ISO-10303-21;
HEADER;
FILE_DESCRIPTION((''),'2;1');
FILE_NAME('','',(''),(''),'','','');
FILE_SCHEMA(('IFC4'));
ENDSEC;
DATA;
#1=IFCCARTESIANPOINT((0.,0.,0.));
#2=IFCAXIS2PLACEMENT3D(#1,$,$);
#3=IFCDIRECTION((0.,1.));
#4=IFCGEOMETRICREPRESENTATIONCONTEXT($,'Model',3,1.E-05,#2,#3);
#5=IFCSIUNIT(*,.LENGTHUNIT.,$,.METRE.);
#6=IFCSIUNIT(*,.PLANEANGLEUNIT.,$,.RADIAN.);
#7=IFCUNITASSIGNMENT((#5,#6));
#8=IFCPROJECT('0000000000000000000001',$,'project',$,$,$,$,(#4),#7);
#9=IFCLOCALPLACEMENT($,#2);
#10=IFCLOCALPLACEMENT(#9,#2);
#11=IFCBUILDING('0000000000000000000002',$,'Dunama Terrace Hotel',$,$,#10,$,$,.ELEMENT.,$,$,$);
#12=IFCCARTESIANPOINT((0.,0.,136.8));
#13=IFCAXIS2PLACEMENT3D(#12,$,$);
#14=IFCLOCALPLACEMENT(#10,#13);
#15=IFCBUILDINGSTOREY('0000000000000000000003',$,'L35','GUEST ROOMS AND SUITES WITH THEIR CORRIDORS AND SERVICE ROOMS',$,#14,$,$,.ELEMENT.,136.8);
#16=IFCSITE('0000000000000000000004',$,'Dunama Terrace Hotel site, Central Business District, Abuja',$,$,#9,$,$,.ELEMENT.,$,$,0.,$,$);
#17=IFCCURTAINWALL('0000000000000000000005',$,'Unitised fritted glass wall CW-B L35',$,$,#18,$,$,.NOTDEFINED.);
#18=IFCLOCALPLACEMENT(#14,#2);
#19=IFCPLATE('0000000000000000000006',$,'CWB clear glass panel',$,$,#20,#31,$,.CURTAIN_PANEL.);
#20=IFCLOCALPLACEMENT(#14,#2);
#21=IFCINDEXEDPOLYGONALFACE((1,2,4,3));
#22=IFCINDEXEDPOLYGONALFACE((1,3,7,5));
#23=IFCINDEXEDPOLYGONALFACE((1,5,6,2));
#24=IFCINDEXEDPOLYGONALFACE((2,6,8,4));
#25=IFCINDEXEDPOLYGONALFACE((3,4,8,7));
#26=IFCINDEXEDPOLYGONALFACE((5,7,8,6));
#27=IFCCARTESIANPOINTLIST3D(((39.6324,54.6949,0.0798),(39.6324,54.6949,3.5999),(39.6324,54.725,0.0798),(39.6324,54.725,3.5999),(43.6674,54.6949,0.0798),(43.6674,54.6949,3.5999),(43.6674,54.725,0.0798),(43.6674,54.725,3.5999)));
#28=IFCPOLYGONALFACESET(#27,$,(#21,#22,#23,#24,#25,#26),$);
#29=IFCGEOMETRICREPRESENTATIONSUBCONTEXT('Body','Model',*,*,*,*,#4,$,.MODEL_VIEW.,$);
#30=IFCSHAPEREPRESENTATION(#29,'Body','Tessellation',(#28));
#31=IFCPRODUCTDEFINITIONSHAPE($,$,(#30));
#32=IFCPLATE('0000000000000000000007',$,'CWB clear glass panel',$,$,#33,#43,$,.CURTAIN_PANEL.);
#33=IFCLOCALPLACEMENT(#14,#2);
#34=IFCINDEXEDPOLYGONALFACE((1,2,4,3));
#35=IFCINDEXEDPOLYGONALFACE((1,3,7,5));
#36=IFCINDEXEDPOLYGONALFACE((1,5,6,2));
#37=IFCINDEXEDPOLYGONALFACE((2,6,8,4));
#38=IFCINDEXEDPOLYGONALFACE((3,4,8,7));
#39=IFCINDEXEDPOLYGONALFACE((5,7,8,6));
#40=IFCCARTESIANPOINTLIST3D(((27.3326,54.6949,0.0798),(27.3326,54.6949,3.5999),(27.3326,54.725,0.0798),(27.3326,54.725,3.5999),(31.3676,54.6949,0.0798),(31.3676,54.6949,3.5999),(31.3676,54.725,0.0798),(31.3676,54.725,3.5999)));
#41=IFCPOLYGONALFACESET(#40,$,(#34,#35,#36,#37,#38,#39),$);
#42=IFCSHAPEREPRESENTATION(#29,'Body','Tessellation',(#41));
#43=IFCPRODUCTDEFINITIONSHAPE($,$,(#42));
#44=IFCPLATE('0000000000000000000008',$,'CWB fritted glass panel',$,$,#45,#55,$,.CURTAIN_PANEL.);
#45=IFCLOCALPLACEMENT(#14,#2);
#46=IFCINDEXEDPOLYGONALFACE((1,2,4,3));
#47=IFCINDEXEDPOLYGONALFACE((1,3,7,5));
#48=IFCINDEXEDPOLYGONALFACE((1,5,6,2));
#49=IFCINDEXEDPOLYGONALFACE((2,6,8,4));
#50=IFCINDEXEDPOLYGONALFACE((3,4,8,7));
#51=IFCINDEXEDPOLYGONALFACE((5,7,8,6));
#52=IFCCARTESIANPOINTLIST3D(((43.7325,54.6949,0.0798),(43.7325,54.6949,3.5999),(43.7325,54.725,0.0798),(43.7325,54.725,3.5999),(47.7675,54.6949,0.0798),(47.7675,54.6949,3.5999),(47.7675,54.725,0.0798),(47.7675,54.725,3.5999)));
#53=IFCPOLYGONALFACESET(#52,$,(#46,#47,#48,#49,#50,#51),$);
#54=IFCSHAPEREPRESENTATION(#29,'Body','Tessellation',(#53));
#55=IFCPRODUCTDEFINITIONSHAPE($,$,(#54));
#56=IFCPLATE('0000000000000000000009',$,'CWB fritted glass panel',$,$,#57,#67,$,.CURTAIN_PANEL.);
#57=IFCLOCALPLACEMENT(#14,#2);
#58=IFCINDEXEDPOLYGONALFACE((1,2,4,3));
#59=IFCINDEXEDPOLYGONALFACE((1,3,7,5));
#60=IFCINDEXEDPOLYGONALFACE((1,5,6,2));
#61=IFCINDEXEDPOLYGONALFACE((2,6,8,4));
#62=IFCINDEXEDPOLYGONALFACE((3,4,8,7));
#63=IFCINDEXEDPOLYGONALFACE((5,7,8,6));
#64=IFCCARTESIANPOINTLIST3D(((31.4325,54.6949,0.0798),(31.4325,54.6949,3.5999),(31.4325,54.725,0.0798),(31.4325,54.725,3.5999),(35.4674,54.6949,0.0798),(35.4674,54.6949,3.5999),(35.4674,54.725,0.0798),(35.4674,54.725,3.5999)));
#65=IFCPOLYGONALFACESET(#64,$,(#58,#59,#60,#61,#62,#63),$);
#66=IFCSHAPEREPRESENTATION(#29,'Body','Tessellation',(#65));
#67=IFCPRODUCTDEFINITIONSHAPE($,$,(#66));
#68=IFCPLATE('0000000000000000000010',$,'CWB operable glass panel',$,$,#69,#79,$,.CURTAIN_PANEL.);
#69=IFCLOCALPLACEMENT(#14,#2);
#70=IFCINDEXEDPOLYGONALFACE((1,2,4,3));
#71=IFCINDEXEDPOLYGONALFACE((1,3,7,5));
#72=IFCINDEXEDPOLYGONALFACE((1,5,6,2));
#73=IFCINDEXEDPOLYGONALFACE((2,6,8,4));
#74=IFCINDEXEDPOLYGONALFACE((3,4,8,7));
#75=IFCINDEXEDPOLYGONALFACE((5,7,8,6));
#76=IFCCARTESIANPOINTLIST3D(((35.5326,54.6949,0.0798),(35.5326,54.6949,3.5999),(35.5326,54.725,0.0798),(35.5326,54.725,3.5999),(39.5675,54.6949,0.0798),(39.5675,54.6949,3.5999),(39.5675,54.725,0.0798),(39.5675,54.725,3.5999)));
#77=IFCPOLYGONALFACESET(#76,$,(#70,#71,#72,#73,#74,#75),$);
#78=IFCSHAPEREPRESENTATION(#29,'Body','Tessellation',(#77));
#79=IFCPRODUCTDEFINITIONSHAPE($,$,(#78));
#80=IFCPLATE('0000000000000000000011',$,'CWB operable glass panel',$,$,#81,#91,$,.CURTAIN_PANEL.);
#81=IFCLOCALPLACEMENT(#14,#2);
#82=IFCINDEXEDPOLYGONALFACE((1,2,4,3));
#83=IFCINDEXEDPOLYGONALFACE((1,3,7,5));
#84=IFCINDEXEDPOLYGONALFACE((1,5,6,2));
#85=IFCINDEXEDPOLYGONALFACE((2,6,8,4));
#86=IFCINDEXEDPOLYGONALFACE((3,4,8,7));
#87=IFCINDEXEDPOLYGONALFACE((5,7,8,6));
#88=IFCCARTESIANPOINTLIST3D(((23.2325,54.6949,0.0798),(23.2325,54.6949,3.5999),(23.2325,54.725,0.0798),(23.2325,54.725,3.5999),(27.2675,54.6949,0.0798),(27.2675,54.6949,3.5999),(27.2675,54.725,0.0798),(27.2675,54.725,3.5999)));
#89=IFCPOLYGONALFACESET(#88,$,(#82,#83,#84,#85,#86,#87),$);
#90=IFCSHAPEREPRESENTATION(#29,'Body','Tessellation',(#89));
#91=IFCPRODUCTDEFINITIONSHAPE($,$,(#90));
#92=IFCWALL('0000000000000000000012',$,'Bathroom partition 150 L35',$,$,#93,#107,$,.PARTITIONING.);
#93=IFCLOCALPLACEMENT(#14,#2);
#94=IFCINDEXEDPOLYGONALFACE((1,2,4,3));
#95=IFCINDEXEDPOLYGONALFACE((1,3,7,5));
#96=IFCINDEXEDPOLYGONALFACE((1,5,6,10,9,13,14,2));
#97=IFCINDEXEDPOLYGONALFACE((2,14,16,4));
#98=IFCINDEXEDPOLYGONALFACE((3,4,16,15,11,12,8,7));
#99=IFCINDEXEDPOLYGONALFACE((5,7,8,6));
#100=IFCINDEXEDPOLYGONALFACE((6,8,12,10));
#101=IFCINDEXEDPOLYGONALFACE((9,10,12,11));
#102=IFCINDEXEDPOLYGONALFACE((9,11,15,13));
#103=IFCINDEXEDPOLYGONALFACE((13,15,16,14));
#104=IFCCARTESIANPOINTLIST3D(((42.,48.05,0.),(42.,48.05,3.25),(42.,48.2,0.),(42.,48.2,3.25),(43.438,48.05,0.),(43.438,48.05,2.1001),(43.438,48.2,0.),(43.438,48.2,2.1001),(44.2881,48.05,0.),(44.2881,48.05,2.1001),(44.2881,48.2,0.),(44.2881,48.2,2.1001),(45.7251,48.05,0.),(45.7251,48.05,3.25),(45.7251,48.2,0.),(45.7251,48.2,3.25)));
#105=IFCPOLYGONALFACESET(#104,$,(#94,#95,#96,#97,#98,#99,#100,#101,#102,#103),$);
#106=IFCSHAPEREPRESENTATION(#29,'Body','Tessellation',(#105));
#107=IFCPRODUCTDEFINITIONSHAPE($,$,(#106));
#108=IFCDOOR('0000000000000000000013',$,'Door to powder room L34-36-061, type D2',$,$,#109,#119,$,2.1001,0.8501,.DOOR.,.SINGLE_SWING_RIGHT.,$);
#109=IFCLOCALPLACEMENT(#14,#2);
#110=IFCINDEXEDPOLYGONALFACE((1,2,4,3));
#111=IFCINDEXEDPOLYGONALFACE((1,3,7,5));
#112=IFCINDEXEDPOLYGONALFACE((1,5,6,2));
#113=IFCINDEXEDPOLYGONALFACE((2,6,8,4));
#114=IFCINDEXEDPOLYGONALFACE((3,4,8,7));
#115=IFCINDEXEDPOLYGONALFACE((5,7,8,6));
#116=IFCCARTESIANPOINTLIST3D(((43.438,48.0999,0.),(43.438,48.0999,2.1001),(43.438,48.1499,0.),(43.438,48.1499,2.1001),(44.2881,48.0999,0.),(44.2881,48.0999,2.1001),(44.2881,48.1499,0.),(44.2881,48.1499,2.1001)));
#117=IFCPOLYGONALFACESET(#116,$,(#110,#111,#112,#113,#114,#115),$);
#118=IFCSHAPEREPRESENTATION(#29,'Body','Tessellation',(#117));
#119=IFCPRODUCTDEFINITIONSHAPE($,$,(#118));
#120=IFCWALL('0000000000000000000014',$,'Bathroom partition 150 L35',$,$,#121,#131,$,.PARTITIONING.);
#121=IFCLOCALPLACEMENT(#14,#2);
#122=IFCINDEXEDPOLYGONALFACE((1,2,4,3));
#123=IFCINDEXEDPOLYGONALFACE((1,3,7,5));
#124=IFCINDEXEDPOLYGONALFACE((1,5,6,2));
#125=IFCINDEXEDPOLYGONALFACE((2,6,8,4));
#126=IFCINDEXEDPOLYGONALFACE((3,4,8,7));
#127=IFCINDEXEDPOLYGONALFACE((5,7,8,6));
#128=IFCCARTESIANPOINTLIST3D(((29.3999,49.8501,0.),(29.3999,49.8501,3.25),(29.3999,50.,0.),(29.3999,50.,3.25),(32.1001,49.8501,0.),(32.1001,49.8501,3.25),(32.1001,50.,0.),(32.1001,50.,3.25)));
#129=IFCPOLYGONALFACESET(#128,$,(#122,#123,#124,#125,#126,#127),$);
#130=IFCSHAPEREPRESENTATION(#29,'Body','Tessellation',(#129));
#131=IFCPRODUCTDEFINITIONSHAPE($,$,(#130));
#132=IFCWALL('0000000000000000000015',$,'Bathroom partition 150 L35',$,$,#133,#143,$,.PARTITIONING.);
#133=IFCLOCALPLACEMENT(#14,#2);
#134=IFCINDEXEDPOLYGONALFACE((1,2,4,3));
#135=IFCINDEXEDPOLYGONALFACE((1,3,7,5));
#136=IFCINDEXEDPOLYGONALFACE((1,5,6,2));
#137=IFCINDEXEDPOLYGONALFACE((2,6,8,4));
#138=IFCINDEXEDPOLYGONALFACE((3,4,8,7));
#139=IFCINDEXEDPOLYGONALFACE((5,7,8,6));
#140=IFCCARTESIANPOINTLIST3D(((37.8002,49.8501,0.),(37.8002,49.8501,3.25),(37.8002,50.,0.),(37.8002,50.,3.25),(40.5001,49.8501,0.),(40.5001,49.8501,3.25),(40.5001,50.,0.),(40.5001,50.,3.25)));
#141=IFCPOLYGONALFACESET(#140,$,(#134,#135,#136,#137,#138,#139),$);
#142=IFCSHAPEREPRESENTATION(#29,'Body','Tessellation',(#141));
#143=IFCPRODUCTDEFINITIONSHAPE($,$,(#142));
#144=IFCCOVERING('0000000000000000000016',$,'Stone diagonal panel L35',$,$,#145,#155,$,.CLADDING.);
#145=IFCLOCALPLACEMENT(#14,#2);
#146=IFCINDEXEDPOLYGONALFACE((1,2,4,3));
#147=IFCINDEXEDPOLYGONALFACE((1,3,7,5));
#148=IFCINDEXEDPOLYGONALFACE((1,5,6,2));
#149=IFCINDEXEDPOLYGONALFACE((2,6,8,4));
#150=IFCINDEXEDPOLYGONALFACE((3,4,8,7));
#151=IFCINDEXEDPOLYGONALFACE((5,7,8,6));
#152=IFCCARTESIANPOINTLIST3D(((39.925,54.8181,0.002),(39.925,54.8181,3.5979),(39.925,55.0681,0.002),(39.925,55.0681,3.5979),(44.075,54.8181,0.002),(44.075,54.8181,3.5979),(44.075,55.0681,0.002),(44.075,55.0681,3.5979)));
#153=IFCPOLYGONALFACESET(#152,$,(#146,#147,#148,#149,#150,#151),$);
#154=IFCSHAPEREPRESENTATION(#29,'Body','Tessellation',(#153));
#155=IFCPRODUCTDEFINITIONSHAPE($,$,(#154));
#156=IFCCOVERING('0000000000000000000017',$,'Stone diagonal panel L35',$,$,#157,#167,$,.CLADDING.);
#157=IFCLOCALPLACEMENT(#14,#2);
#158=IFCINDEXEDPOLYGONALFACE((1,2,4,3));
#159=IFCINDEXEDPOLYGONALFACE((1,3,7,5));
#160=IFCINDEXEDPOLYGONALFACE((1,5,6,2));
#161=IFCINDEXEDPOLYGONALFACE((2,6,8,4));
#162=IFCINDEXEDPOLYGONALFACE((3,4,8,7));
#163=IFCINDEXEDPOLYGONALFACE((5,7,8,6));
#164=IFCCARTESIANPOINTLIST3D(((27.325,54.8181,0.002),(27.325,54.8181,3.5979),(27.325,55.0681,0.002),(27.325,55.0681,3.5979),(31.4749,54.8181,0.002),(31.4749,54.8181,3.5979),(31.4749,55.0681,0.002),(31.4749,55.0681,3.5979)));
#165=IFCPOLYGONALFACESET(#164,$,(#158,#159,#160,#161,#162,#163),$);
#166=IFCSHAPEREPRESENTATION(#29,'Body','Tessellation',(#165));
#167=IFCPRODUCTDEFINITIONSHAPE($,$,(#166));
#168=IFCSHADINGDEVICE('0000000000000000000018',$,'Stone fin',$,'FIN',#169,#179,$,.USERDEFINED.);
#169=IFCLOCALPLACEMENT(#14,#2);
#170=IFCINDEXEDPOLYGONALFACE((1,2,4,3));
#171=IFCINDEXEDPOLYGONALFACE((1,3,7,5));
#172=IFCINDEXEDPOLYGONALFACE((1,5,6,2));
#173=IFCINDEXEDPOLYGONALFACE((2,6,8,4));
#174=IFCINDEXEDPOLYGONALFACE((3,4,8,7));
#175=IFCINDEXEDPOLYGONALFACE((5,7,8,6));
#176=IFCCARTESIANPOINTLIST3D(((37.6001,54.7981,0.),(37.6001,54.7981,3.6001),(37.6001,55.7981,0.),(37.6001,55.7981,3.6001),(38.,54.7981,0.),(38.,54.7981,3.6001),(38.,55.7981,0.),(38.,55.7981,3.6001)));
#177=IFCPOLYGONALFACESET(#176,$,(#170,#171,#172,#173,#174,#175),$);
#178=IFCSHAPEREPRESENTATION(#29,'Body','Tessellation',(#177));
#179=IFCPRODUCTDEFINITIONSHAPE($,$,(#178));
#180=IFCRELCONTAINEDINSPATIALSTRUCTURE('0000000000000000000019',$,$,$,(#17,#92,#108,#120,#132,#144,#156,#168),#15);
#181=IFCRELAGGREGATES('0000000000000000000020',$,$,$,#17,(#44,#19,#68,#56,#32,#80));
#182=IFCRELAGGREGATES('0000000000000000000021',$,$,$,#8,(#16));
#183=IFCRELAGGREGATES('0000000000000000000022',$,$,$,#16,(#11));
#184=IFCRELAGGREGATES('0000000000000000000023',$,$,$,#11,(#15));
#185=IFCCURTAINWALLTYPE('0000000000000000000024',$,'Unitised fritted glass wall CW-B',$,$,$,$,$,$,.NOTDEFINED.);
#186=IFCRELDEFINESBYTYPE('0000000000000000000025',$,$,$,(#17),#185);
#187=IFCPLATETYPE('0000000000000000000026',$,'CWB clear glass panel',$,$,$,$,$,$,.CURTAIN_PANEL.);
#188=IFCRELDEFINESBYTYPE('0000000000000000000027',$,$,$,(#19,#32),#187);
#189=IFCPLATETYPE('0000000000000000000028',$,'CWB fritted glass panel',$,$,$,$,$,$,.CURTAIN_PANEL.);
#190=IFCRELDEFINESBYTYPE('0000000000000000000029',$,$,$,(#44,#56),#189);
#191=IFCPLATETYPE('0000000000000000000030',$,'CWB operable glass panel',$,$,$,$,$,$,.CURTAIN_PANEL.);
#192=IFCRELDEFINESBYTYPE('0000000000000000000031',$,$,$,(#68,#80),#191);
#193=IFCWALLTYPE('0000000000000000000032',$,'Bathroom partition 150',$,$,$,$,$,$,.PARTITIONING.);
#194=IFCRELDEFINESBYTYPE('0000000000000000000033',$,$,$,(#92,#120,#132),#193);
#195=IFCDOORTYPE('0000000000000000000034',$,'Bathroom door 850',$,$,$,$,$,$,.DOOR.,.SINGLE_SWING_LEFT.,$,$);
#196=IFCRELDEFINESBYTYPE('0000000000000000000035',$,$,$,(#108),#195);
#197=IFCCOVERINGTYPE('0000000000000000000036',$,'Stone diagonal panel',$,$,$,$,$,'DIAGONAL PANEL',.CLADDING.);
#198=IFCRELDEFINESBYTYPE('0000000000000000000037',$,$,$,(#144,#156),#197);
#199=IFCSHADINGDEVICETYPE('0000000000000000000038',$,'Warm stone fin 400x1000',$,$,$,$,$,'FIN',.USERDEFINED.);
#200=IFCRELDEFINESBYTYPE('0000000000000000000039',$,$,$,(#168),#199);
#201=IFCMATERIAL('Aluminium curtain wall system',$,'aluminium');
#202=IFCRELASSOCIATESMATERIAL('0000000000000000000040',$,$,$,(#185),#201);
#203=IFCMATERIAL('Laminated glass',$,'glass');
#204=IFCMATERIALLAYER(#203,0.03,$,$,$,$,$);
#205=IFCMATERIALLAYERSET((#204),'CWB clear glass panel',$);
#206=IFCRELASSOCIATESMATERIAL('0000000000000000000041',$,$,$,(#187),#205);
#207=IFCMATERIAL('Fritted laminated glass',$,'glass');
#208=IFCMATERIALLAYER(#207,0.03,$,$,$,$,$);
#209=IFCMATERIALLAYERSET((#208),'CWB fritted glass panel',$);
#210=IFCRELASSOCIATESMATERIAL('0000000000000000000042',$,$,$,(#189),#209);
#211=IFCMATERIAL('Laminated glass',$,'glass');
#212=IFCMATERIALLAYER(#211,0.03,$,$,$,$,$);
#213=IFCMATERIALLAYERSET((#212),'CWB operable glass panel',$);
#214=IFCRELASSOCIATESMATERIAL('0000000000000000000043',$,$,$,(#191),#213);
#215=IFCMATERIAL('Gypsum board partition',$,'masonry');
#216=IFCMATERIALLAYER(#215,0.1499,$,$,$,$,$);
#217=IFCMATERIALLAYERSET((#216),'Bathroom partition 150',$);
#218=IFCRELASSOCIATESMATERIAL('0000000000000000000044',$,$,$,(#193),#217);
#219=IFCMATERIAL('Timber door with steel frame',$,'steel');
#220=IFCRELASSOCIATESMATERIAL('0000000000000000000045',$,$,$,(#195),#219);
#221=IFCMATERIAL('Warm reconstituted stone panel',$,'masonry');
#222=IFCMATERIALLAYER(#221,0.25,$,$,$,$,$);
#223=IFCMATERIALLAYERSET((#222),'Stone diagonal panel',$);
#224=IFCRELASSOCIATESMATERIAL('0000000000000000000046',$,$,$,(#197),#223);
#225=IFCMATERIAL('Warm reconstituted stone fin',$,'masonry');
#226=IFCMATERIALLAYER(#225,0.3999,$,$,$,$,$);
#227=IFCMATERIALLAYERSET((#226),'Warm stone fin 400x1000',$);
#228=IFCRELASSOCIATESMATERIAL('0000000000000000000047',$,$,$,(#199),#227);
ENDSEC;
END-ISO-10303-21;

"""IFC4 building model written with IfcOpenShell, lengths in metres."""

from ifc_helpers import new_model, si_unit, direction, frame, frame_2d, origin, origin_2d, place, context, subcontext, project, spatial, rectangle, extrude, material, layer, layer_set, type_object, element, fill, aggregate, save


model = new_model("IFC4")

# Units and contexts
model_context = context("Model", 3, precision=1e-05, world=origin(), true_north=direction((0.0, 1.0)))
body_context = subcontext(model_context, "Body", "Model", "MODEL_VIEW")
ifc_project = project(units=[si_unit("LENGTHUNIT", "METRE"), si_unit("PLANEANGLEUNIT", "RADIAN")], contexts=[model_context])

# Site, building, storey
site_placement = place(None, origin())
site = spatial("IfcSite", under=ifc_project, at=site_placement, Name="Dunama Terrace Hotel site, Central Business District, Abuja", CompositionType="ELEMENT", RefElevation=0.0)
building_placement = place(site_placement, origin())
building = spatial("IfcBuilding", under=site, at=building_placement, Name="Dunama Terrace Hotel", CompositionType="ELEMENT")
storey_placement = place(building_placement, frame((0.0, 0.0, 136.8)))
storey = spatial("IfcBuildingStorey", under=building, at=storey_placement, Name="L35", Description="GUEST ROOMS AND SUITES WITH THEIR CORRIDORS AND SERVICE ROOMS", CompositionType="ELEMENT", Elevation=136.8)

# Curtain wall
ifc_material_1 = material(Name="Aluminium curtain wall system", Category="aluminium")
curtain_wall_type = type_object("IfcCurtainWallType", Name="Unitised fritted glass wall CW-B", PredefinedType="NOTDEFINED", material=ifc_material_1)
curtain_wall_placement = place(storey_placement, origin())
curtain_wall = element("IfcCurtainWall", 1, at=curtain_wall_placement, inside=storey, type_object=curtain_wall_type, Name="Unitised fritted glass wall CW-B L35", PredefinedType="NOTDEFINED")

# Plates
ifc_material_2 = material(Name="Laminated glass", Category="glass")
ifc_layer_1 = layer(ifc_material_2, 0.03)
ifc_layer_set_1 = layer_set([ifc_layer_1], Name="CWB clear glass panel")
plate_type_1 = type_object("IfcPlateType", Name="CWB clear glass panel", PredefinedType="CURTAIN_PANEL", material=ifc_layer_set_1)
plate_1_placement = place(storey_placement, frame((41.6499, 54.71, 0.0798), z_axis=(0.0, 0.0, 1.0), x_axis=(-1.0, 0.0, 0.0)))
plate_1 = element("IfcPlate", 2, at=plate_1_placement, type_object=plate_type_1, Name="CWB clear glass panel", PredefinedType="CURTAIN_PANEL", context=body_context, shape_type="SweptSolid", body=[
    extrude(rectangle(XDim=4.0349, YDim=0.03, at=origin_2d()), origin(), (0.0, 0.0, 1.0), 3.52),
])
plate_2_placement = place(storey_placement, frame((29.3501, 54.71, 0.0798), z_axis=(0.0, 0.0, 1.0), x_axis=(-1.0, 0.0, 0.0)))
plate_2 = element("IfcPlate", 3, at=plate_2_placement, type_object=plate_type_1, Name="CWB clear glass panel", PredefinedType="CURTAIN_PANEL", context=body_context, shape_type="SweptSolid", body=[
    extrude(rectangle(XDim=4.0349, YDim=0.03, at=origin_2d()), origin(), (0.0, 0.0, 1.0), 3.52),
])
ifc_material_3 = material(Name="Fritted laminated glass", Category="glass")
ifc_layer_2 = layer(ifc_material_3, 0.03)
ifc_layer_set_2 = layer_set([ifc_layer_2], Name="CWB fritted glass panel")
plate_type_2 = type_object("IfcPlateType", Name="CWB fritted glass panel", PredefinedType="CURTAIN_PANEL", material=ifc_layer_set_2)
plate_3_placement = place(storey_placement, frame((45.75, 54.71, 0.0798), z_axis=(0.0, 0.0, 1.0), x_axis=(-1.0, 0.0, 0.0)))
plate_3 = element("IfcPlate", 4, at=plate_3_placement, type_object=plate_type_2, Name="CWB fritted glass panel", PredefinedType="CURTAIN_PANEL", context=body_context, shape_type="SweptSolid", body=[
    extrude(rectangle(XDim=4.0349, YDim=0.03, at=origin_2d()), origin(), (0.0, 0.0, 1.0), 3.52),
])
plate_4_placement = place(storey_placement, frame((33.45, 54.71, 0.0798), z_axis=(0.0, 0.0, 1.0), x_axis=(-1.0, 0.0, 0.0)))
plate_4 = element("IfcPlate", 5, at=plate_4_placement, type_object=plate_type_2, Name="CWB fritted glass panel", PredefinedType="CURTAIN_PANEL", context=body_context, shape_type="SweptSolid", body=[
    extrude(rectangle(XDim=4.0349, YDim=0.03, at=origin_2d()), origin(), (0.0, 0.0, 1.0), 3.52),
])
ifc_material_4 = material(Name="Laminated glass", Category="glass")
ifc_layer_3 = layer(ifc_material_4, 0.03)
ifc_layer_set_3 = layer_set([ifc_layer_3], Name="CWB operable glass panel")
plate_type_3 = type_object("IfcPlateType", Name="CWB operable glass panel", PredefinedType="CURTAIN_PANEL", material=ifc_layer_set_3)
plate_5_placement = place(storey_placement, frame((37.55, 54.71, 0.0798), z_axis=(0.0, 0.0, 1.0), x_axis=(-1.0, 0.0, 0.0)))
plate_5 = element("IfcPlate", 6, at=plate_5_placement, type_object=plate_type_3, Name="CWB operable glass panel", PredefinedType="CURTAIN_PANEL", context=body_context, shape_type="SweptSolid", body=[
    extrude(rectangle(XDim=4.0349, YDim=0.03, at=origin_2d()), origin(), (0.0, 0.0, 1.0), 3.52),
])
plate_6_placement = place(storey_placement, frame((25.25, 54.71, 0.0798), z_axis=(0.0, 0.0, 1.0), x_axis=(-1.0, 0.0, 0.0)))
plate_6 = element("IfcPlate", 7, at=plate_6_placement, type_object=plate_type_3, Name="CWB operable glass panel", PredefinedType="CURTAIN_PANEL", context=body_context, shape_type="SweptSolid", body=[
    extrude(rectangle(XDim=4.0349, YDim=0.03, at=origin_2d()), origin(), (0.0, 0.0, 1.0), 3.52),
])
aggregate(curtain_wall, [plate_3, plate_1, plate_5, plate_4, plate_2, plate_6])

# Wall, opening, door
ifc_material_5 = material(Name="Gypsum board partition", Category="masonry")
ifc_layer_4 = layer(ifc_material_5, 0.1499)
ifc_layer_set_4 = layer_set([ifc_layer_4], Name="Bathroom partition 150")
wall_type = type_object("IfcWallType", Name="Bathroom partition 150", PredefinedType="PARTITIONING", material=ifc_layer_set_4)
wall_1_placement = place(storey_placement, frame((42.0, 48.125, 0.0), z_axis=(0.0, 0.0, 1.0), x_axis=(1.0, 0.0, 0.0)))
wall_1 = element("IfcWall", 8, at=wall_1_placement, inside=storey, type_object=wall_type, Name="Bathroom partition 150 L35", PredefinedType="PARTITIONING", context=body_context, shape_type="SweptSolid", body=[
    extrude(rectangle(XDim=3.7251, YDim=0.1499, at=frame_2d((1.8625, 0.0))), origin(), (0.0, 0.0, 1.0), 3.25),
])
opening_placement = place(wall_1_placement, frame((1.438, 0.0, 0.0)))
opening = element("IfcOpeningElement", 9, at=opening_placement, cuts=wall_1, PredefinedType="OPENING", context=body_context, shape_type="SweptSolid", body=[
    extrude(rectangle(XDim=0.8501, YDim=2.1001, at=frame_2d((0.425, 1.05))), frame((0.0, 0.085, 0.0), z_axis=(0.0, -1.0, 0.0), x_axis=(1.0, 0.0, 0.0)), (0.0, 0.0, 1.0), 0.1699),
])
ifc_material_6 = material(Name="Timber door with steel frame", Category="steel")
door_type = type_object("IfcDoorType", Name="Bathroom door 850", OperationType="SINGLE_SWING_LEFT", PredefinedType="DOOR", material=ifc_material_6)
door_placement = place(opening_placement, frame((0.8501, 0.0, 0.0), z_axis=(0.0, 0.0, 1.0), x_axis=(-1.0, 0.0, 0.0)))
door = element("IfcDoor", 10, at=door_placement, inside=storey, type_object=door_type, Name="Door to powder room L34-36-061, type D2", OperationType="SINGLE_SWING_RIGHT", OverallHeight=2.1001, OverallWidth=0.8501, PredefinedType="DOOR", context=body_context, shape_type="SweptSolid", body=[
    extrude(rectangle(XDim=0.8501, YDim=2.1001, at=frame_2d((0.425, 1.05))), frame((0.0, 0.0251, 0.0), z_axis=(0.0, -1.0, 0.0), x_axis=(1.0, 0.0, 0.0)), (0.0, 0.0, 1.0), 0.05),
])
fill(opening, door)

# Walls
wall_2_placement = place(storey_placement, frame((29.3999, 49.925, 0.0), z_axis=(0.0, 0.0, 1.0), x_axis=(1.0, 0.0, 0.0)))
element("IfcWall", 11, at=wall_2_placement, inside=storey, type_object=wall_type, Name="Bathroom partition 150 L35", PredefinedType="PARTITIONING", context=body_context, shape_type="SweptSolid", body=[
    extrude(rectangle(XDim=2.7002, YDim=0.1499, at=frame_2d((1.3501, 0.0))), origin(), (0.0, 0.0, 1.0), 3.25),
])
wall_3_placement = place(storey_placement, frame((37.8, 49.925, 0.0), z_axis=(0.0, 0.0, 1.0), x_axis=(1.0, 0.0, 0.0)))
element("IfcWall", 12, at=wall_3_placement, inside=storey, type_object=wall_type, Name="Bathroom partition 150 L35", PredefinedType="PARTITIONING", context=body_context, shape_type="SweptSolid", body=[
    extrude(rectangle(XDim=2.7, YDim=0.1499, at=frame_2d((1.3501, 0.0))), origin(), (0.0, 0.0, 1.0), 3.25),
])

# Coverings
ifc_material_7 = material(Name="Warm reconstituted stone panel", Category="masonry")
ifc_layer_5 = layer(ifc_material_7, 0.25)
ifc_layer_set_5 = layer_set([ifc_layer_5], Name="Stone diagonal panel")
covering_type = type_object("IfcCoveringType", Name="Stone diagonal panel", ElementType="DIAGONAL PANEL", PredefinedType="CLADDING", material=ifc_layer_set_5)
for number, where, z_axis, x_axis, name in (
    (13, (42.0, 54.9431, 0.002), (0.0, 0.0, 1.0), (-1.0, 0.0, 0.0), "Stone diagonal panel L35"),
    (14, (29.3999, 54.9431, 0.002), (0.0, 0.0, 1.0), (-1.0, 0.0, 0.0), "Stone diagonal panel L35"),
):
    element("IfcCovering", number, at=place(storey_placement, frame(where, z_axis=z_axis, x_axis=x_axis)), inside=storey, type_object=covering_type, Name=name, PredefinedType="CLADDING", context=body_context, shape_type="SweptSolid", body=[
        extrude(rectangle(XDim=4.1499, YDim=0.25, at=origin_2d()), origin(), (0.0, 0.0, 1.0), 3.5959),
    ])

# Shading device
ifc_material_8 = material(Name="Warm reconstituted stone fin", Category="masonry")
ifc_layer_6 = layer(ifc_material_8, 0.3999)
ifc_layer_set_6 = layer_set([ifc_layer_6], Name="Warm stone fin 400x1000")
shading_device_type = type_object("IfcShadingDeviceType", Name="Warm stone fin 400x1000", ElementType="FIN", PredefinedType="USERDEFINED", material=ifc_layer_set_6)
shading_device_placement = place(storey_placement, frame((37.8, 55.2981, 0.0), z_axis=(0.0, 0.0, 1.0), x_axis=(-1.0, 0.0, 0.0)))
element("IfcShadingDevice", 15, at=shading_device_placement, inside=storey, type_object=shading_device_type, Name="Stone fin", ObjectType="FIN", PredefinedType="USERDEFINED", context=body_context, shape_type="SweptSolid", body=[
    extrude(rectangle(XDim=0.3999, YDim=1.0, at=origin_2d()), origin(), (0.0, 0.0, 1.0), 3.6001),
])

save(model, "model.ifc")
